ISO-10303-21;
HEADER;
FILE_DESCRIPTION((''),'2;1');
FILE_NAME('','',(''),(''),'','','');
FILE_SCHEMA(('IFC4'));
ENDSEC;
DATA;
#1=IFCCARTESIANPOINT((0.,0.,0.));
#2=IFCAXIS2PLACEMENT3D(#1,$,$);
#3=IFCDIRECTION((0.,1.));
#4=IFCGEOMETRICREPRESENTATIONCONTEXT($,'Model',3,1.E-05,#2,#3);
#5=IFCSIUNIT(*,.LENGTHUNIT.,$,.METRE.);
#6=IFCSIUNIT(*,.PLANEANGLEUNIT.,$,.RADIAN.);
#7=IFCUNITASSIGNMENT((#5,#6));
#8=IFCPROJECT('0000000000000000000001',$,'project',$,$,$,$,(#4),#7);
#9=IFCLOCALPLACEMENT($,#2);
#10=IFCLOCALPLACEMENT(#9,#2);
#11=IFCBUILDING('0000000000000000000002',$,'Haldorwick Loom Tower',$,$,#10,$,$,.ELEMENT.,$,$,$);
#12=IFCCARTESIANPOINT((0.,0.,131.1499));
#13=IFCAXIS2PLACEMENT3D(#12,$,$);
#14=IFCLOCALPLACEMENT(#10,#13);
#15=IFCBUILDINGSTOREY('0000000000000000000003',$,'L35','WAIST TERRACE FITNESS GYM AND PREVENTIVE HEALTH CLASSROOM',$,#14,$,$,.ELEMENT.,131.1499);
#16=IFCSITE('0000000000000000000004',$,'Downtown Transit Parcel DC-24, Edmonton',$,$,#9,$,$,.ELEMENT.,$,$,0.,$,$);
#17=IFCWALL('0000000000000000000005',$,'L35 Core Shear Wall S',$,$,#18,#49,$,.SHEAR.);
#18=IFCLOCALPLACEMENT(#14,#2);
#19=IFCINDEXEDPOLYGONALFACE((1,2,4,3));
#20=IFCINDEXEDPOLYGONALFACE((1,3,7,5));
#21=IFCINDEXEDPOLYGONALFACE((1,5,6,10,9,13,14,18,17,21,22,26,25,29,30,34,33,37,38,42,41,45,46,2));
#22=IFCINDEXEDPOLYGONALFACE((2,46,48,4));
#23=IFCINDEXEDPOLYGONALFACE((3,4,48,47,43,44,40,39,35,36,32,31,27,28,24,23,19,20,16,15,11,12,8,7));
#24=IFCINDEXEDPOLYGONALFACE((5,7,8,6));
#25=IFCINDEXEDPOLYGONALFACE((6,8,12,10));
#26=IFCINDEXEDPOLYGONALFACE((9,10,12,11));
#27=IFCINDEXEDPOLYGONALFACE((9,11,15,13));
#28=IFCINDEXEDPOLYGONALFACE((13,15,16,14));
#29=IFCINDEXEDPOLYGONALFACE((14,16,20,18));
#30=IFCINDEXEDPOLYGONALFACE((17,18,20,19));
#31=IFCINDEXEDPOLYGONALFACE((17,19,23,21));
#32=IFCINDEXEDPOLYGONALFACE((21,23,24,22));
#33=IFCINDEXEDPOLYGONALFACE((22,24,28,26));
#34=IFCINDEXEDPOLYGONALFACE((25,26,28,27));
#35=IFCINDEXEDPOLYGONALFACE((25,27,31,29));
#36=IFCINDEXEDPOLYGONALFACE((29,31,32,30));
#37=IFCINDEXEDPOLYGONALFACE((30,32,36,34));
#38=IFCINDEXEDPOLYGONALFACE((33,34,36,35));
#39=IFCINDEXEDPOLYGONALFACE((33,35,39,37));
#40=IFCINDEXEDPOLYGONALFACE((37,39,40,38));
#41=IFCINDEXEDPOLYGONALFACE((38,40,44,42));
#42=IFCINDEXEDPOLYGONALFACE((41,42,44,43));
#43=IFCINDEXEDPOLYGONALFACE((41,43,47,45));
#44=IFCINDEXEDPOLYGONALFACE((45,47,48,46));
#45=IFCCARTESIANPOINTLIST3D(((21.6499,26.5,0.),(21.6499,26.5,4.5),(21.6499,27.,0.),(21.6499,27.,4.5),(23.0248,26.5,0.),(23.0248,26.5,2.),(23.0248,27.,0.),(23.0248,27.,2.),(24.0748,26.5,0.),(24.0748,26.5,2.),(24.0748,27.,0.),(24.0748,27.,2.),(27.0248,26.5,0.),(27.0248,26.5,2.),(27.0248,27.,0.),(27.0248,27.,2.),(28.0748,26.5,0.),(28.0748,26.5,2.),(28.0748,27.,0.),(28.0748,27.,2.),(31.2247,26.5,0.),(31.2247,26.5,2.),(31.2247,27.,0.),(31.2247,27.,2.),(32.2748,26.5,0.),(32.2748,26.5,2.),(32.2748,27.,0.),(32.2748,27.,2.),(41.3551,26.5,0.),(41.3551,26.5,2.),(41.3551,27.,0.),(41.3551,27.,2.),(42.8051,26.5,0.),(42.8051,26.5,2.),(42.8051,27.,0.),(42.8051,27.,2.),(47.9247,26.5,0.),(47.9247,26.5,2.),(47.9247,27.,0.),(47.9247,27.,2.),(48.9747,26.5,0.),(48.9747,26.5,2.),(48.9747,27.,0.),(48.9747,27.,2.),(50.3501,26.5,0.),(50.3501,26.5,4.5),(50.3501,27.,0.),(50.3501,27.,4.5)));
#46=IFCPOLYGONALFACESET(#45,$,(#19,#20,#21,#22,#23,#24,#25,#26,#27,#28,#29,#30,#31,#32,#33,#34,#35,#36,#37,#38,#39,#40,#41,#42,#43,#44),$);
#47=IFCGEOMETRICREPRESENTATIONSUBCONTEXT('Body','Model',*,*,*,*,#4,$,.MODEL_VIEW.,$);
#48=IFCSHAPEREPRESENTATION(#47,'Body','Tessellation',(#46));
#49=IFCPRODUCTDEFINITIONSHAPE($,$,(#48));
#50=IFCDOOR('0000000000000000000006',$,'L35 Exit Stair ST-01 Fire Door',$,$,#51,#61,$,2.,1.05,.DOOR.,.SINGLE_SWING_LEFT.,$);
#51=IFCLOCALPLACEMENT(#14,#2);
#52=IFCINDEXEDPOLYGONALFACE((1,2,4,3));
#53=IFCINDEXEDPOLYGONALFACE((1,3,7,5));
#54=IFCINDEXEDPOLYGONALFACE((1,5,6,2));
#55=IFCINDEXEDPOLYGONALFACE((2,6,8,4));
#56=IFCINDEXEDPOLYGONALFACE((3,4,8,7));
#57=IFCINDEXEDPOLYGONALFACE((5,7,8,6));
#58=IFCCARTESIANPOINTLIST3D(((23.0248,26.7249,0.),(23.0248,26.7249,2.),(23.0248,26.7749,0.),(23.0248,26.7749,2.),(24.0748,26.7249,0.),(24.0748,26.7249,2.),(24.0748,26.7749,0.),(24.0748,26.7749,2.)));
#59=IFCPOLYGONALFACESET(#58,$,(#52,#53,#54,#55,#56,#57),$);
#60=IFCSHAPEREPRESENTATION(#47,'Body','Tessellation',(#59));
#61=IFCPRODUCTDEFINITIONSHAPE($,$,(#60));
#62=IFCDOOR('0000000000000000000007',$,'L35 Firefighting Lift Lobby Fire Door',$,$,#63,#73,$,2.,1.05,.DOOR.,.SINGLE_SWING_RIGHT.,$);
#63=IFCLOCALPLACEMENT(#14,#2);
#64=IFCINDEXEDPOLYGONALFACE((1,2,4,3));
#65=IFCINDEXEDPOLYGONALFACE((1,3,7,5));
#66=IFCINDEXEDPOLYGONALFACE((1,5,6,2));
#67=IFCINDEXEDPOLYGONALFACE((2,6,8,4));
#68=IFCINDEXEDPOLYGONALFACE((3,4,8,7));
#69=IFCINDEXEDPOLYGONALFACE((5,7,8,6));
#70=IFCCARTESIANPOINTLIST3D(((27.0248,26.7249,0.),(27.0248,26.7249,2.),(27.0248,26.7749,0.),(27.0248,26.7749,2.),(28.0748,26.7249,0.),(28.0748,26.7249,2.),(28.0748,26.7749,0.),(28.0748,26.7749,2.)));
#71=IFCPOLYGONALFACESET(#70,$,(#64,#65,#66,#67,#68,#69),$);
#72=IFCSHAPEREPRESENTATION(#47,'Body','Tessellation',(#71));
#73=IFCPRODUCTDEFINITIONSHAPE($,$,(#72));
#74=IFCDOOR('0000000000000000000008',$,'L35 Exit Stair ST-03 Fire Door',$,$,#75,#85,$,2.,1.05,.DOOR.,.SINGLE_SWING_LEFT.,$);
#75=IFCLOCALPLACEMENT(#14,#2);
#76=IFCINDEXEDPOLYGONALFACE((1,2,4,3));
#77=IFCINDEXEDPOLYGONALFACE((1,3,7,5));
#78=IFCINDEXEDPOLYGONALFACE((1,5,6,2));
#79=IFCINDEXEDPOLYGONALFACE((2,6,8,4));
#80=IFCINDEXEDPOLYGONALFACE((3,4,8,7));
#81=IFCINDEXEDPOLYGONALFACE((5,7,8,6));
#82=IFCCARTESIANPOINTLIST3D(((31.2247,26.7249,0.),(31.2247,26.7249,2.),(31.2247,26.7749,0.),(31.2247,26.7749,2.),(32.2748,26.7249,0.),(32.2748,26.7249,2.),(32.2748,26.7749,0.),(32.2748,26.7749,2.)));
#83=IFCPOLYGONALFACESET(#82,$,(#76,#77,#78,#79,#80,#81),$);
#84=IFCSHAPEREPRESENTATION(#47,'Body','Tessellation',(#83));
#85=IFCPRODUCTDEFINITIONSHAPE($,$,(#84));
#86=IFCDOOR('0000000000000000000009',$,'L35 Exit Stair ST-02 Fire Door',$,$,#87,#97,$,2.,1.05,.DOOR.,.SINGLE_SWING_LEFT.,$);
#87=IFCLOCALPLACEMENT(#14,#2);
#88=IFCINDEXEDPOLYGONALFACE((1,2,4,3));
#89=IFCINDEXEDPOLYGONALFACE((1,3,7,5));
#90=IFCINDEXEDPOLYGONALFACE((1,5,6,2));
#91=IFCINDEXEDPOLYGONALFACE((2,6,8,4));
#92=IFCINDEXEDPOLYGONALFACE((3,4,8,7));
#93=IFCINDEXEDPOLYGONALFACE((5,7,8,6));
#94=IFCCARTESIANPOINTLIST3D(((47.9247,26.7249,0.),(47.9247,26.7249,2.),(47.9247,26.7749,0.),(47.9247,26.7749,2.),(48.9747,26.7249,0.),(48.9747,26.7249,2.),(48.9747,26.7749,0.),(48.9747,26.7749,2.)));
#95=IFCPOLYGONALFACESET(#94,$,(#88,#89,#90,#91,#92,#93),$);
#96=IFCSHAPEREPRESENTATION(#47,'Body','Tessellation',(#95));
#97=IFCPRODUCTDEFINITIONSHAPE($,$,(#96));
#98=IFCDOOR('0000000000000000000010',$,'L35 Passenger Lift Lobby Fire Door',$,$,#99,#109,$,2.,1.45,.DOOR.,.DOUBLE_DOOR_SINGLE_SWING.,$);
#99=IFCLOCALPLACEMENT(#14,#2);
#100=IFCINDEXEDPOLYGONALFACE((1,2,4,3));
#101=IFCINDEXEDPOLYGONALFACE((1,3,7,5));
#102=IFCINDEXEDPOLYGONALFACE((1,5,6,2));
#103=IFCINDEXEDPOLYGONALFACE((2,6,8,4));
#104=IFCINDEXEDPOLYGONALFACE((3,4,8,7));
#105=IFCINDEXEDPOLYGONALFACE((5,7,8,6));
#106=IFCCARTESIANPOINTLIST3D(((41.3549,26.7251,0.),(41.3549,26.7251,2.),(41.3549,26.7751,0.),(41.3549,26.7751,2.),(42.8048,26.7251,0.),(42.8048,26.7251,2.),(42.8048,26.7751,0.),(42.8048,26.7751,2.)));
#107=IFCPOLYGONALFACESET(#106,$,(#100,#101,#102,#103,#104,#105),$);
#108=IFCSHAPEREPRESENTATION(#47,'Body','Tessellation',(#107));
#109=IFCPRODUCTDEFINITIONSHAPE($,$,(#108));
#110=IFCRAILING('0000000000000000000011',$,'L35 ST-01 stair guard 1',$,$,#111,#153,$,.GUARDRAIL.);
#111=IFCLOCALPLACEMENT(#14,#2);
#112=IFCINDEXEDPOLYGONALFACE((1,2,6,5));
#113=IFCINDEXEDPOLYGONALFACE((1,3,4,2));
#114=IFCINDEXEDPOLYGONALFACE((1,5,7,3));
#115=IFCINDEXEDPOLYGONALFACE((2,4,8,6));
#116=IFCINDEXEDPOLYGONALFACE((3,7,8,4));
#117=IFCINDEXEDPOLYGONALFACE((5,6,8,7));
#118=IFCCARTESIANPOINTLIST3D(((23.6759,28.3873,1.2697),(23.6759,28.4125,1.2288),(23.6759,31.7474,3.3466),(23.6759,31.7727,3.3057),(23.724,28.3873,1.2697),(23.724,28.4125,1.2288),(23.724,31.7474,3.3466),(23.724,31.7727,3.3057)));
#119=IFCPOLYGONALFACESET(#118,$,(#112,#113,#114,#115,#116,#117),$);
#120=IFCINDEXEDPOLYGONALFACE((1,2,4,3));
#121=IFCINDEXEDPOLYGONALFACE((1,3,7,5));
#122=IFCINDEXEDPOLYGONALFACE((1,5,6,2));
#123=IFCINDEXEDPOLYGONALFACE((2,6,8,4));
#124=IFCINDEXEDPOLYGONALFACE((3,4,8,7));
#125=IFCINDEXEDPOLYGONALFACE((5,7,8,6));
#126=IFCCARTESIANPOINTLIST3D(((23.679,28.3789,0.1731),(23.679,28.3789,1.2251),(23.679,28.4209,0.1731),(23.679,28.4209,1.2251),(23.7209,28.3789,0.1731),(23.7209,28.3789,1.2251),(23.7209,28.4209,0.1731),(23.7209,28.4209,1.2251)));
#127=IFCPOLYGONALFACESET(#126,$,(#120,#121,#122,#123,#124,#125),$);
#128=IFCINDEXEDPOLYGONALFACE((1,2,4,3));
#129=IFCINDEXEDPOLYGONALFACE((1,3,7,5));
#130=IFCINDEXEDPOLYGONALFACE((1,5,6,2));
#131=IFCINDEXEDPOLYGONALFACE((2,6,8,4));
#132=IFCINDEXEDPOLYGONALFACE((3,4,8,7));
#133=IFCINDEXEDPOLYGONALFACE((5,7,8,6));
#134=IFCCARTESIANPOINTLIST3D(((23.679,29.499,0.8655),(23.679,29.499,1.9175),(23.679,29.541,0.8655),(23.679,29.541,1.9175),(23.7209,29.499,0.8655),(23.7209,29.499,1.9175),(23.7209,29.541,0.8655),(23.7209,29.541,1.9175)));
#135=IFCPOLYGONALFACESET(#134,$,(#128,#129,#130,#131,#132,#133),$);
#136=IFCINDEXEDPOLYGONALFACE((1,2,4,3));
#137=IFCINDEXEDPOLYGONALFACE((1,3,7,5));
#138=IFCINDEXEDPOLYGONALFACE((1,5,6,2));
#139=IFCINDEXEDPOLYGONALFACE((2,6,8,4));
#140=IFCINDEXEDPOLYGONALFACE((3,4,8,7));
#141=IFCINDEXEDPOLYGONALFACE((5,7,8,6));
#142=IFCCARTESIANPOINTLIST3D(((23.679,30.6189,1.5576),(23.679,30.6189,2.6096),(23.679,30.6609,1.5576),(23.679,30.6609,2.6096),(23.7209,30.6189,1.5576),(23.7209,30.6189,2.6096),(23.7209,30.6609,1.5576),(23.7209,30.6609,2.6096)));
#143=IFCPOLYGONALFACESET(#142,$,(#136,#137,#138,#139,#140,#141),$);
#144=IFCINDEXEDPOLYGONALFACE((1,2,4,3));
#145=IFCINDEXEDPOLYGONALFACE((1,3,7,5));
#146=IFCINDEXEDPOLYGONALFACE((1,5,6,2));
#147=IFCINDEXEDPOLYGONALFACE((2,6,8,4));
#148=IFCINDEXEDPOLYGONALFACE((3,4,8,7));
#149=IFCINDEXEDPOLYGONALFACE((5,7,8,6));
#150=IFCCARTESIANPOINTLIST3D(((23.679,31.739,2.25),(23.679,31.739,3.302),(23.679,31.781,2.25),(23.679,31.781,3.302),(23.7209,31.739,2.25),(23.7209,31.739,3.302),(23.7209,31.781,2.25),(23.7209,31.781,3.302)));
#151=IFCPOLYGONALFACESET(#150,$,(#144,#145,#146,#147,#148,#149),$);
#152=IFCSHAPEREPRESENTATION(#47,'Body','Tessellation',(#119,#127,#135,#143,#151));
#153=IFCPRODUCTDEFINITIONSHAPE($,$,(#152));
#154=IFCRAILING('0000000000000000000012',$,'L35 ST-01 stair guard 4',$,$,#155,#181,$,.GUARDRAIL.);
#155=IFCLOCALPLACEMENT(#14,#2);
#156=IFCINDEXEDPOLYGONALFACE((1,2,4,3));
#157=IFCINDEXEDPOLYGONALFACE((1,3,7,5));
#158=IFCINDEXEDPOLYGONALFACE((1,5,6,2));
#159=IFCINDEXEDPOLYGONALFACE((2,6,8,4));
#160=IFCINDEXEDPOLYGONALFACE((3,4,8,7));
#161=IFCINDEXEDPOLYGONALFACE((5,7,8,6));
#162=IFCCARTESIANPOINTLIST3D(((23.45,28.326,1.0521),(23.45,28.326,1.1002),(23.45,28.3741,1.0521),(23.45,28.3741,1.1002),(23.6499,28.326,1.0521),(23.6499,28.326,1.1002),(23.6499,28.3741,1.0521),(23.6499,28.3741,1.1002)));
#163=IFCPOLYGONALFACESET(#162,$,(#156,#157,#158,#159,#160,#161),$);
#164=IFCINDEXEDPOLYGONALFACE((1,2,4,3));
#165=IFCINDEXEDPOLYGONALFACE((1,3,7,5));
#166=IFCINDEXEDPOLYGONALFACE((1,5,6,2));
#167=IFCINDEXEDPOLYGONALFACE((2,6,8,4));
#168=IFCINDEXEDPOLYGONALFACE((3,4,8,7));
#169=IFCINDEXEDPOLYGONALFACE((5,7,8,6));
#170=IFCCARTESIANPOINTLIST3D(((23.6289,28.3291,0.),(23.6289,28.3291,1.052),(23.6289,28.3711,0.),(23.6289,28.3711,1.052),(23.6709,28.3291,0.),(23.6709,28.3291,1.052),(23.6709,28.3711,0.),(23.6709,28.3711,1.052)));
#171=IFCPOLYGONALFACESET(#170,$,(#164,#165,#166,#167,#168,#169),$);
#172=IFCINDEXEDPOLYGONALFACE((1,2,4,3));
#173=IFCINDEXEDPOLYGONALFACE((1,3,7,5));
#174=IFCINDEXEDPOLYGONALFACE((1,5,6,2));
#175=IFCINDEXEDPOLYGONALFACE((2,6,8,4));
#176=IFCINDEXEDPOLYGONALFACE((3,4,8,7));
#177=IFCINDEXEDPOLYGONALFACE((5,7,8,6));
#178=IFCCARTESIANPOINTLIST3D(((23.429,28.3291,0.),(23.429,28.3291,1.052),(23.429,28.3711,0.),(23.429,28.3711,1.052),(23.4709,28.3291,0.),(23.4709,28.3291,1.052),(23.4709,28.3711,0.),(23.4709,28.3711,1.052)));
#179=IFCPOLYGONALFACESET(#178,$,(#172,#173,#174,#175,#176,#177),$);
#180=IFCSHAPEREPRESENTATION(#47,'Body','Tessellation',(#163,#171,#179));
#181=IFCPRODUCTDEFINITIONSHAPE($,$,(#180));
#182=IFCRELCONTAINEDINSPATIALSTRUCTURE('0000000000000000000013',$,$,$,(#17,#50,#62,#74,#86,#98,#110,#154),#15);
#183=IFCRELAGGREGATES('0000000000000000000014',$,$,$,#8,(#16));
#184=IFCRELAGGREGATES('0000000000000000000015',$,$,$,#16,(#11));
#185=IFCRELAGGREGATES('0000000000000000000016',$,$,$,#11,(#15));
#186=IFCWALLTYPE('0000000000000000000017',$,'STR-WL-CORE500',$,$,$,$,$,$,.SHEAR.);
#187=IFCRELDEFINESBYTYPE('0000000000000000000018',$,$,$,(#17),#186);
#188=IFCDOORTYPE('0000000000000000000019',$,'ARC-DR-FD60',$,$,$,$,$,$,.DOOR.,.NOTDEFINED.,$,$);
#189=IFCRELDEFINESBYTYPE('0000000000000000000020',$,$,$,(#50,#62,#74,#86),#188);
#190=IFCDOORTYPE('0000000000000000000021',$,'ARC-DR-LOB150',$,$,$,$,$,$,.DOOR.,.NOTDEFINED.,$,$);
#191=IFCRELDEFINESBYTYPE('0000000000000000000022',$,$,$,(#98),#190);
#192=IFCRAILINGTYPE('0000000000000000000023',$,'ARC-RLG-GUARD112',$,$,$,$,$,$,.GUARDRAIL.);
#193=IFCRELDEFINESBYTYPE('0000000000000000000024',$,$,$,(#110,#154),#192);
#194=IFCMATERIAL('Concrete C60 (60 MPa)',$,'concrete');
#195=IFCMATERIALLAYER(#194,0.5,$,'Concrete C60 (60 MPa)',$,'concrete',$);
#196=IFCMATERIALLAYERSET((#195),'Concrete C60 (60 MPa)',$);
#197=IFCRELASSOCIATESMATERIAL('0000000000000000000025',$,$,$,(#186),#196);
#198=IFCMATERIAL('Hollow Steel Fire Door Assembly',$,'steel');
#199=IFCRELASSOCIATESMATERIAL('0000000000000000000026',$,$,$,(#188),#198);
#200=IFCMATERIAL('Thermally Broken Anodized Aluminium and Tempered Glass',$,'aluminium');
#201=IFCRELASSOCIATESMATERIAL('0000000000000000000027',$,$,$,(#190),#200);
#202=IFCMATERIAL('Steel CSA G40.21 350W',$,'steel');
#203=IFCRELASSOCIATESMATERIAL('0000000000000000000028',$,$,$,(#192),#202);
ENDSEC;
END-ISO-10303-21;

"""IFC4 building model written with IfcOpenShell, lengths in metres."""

from ifc_helpers import new_model, si_unit, direction, frame, frame_2d, origin, origin_2d, place, context, subcontext, project, spatial, rectangle, extrude, material, layer, layer_set, type_object, element, fill, save


model = new_model("IFC4")

# Units and contexts
model_context = context("Model", 3, precision=1e-05, world=origin(), true_north=direction((0.0, 1.0)))
body_context = subcontext(model_context, "Body", "Model", "MODEL_VIEW")
ifc_project = project(units=[si_unit("LENGTHUNIT", "METRE"), si_unit("PLANEANGLEUNIT", "RADIAN")], contexts=[model_context])

# Site, building, storey
site_placement = place(None, origin())
site = spatial("IfcSite", under=ifc_project, at=site_placement, Name="Downtown Transit Parcel DC-24, Edmonton", CompositionType="ELEMENT", RefElevation=0.0)
building_placement = place(site_placement, origin())
building = spatial("IfcBuilding", under=site, at=building_placement, Name="Haldorwick Loom Tower", CompositionType="ELEMENT")
storey_placement = place(building_placement, frame((0.0, 0.0, 131.1499)))
storey = spatial("IfcBuildingStorey", under=building, at=storey_placement, Name="L35", Description="WAIST TERRACE FITNESS GYM AND PREVENTIVE HEALTH CLASSROOM", CompositionType="ELEMENT", Elevation=131.1499)

# Shared definitions
ifc_material_1 = material(Name="Concrete C60 (60 MPa)", Category="concrete")

# Shared definitions
ifc_material_2 = material(Name="Steel CSA G40.21 350W", Category="steel")

# Shared definitions
ifc_material_3 = material(Name="Hollow Steel Fire Door Assembly", Category="steel")

# Wall, openings, doors
ifc_layer_1 = layer(ifc_material_1, 0.5, Name="Concrete C60 (60 MPa)", Category="concrete")
ifc_layer_set_1 = layer_set([ifc_layer_1], Name="Concrete C60 (60 MPa)")
wall_type_1 = type_object("IfcWallType", Name="STR-WL-CORE500", PredefinedType="SHEAR", material=ifc_layer_set_1)
wall_1_placement = place(storey_placement, frame((21.6499, 26.75, 0.0), z_axis=(0.0, 0.0, 1.0), x_axis=(1.0, 0.0, 0.0)))
wall_1 = element("IfcWall", 1, at=wall_1_placement, inside=storey, type_object=wall_type_1, Name="L35 Core Shear Wall S", PredefinedType="SHEAR", context=body_context, shape_type="SweptSolid", body=[
    extrude(rectangle(XDim=28.7002, YDim=0.5, at=frame_2d((14.3501, 0.0))), origin(), (0.0, 0.0, 1.0), 4.5),
])
opening_1_placement = place(wall_1_placement, frame((1.375, 0.0, 0.0)))
opening_1 = element("IfcOpeningElement", 2, at=opening_1_placement, cuts=wall_1, PredefinedType="OPENING", context=body_context, shape_type="SweptSolid", body=[
    extrude(rectangle(XDim=1.05, YDim=2.0, at=frame_2d((0.5249, 1.0))), frame((0.0, 0.26, 0.0), z_axis=(0.0, -1.0, 0.0), x_axis=(1.0, 0.0, 0.0)), (0.0, 0.0, 1.0), 0.52),
])
opening_2_placement = place(wall_1_placement, frame((5.375, 0.0, 0.0)))
opening_2 = element("IfcOpeningElement", 3, at=opening_2_placement, cuts=wall_1, PredefinedType="OPENING", context=body_context, shape_type="SweptSolid", body=[
    extrude(rectangle(XDim=1.05, YDim=2.0, at=frame_2d((0.5249, 1.0))), frame((0.0, 0.26, 0.0), z_axis=(0.0, -1.0, 0.0), x_axis=(1.0, 0.0, 0.0)), (0.0, 0.0, 1.0), 0.52),
])
opening_3_placement = place(wall_1_placement, frame((9.575, 0.0, 0.0)))
opening_3 = element("IfcOpeningElement", 4, at=opening_3_placement, cuts=wall_1, PredefinedType="OPENING", context=body_context, shape_type="SweptSolid", body=[
    extrude(rectangle(XDim=1.05, YDim=2.0, at=frame_2d((0.5249, 1.0))), frame((0.0, 0.26, 0.0), z_axis=(0.0, -1.0, 0.0), x_axis=(1.0, 0.0, 0.0)), (0.0, 0.0, 1.0), 0.52),
])
opening_4_placement = place(wall_1_placement, frame((19.7051, 0.0, 0.0)))
opening_4 = element("IfcOpeningElement", 5, at=opening_4_placement, cuts=wall_1, PredefinedType="OPENING", context=body_context, shape_type="SweptSolid", body=[
    extrude(rectangle(XDim=1.45, YDim=2.0, at=frame_2d((0.7251, 1.0))), frame((0.0, 0.26, 0.0), z_axis=(0.0, -1.0, 0.0), x_axis=(1.0, 0.0, 0.0)), (0.0, 0.0, 1.0), 0.52),
])
opening_5_placement = place(wall_1_placement, frame((26.2749, 0.0, 0.0)))
opening_5 = element("IfcOpeningElement", 6, at=opening_5_placement, cuts=wall_1, PredefinedType="OPENING", context=body_context, shape_type="SweptSolid", body=[
    extrude(rectangle(XDim=1.05, YDim=2.0, at=frame_2d((0.5249, 1.0))), frame((0.0, 0.26, 0.0), z_axis=(0.0, -1.0, 0.0), x_axis=(1.0, 0.0, 0.0)), (0.0, 0.0, 1.0), 0.52),
])
door_type_1 = type_object("IfcDoorType", Name="ARC-DR-FD60", OperationType="NOTDEFINED", PredefinedType="DOOR", material=ifc_material_3)
door_1_placement = place(opening_1_placement, origin())
door_1 = element("IfcDoor", 7, at=door_1_placement, inside=storey, type_object=door_type_1, Name="L35 Exit Stair ST-01 Fire Door", OperationType="SINGLE_SWING_LEFT", OverallHeight=2.0, OverallWidth=1.05, PredefinedType="DOOR", context=body_context, shape_type="SweptSolid", body=[
    extrude(rectangle(XDim=1.05, YDim=2.0, at=frame_2d((0.5249, 1.0))), frame((0.0, 0.0249, 0.0), z_axis=(0.0, -1.0, 0.0), x_axis=(1.0, 0.0, 0.0)), (0.0, 0.0, 1.0), 0.05),
])
fill(opening_1, door_1)
door_2_placement = place(opening_2_placement, origin())
door_2 = element("IfcDoor", 8, at=door_2_placement, inside=storey, type_object=door_type_1, Name="L35 Firefighting Lift Lobby Fire Door", OperationType="SINGLE_SWING_RIGHT", OverallHeight=2.0, OverallWidth=1.05, PredefinedType="DOOR", context=body_context, shape_type="SweptSolid", body=[
    extrude(rectangle(XDim=1.05, YDim=2.0, at=frame_2d((0.5249, 1.0))), frame((0.0, 0.0249, 0.0), z_axis=(0.0, -1.0, 0.0), x_axis=(1.0, 0.0, 0.0)), (0.0, 0.0, 1.0), 0.05),
])
fill(opening_2, door_2)
door_3_placement = place(opening_3_placement, origin())
door_3 = element("IfcDoor", 9, at=door_3_placement, inside=storey, type_object=door_type_1, Name="L35 Exit Stair ST-03 Fire Door", OperationType="SINGLE_SWING_LEFT", OverallHeight=2.0, OverallWidth=1.05, PredefinedType="DOOR", context=body_context, shape_type="SweptSolid", body=[
    extrude(rectangle(XDim=1.05, YDim=2.0, at=frame_2d((0.5249, 1.0))), frame((0.0, 0.0249, 0.0), z_axis=(0.0, -1.0, 0.0), x_axis=(1.0, 0.0, 0.0)), (0.0, 0.0, 1.0), 0.05),
])
fill(opening_3, door_3)
door_4_placement = place(opening_5_placement, origin())
door_4 = element("IfcDoor", 10, at=door_4_placement, inside=storey, type_object=door_type_1, Name="L35 Exit Stair ST-02 Fire Door", OperationType="SINGLE_SWING_LEFT", OverallHeight=2.0, OverallWidth=1.05, PredefinedType="DOOR", context=body_context, shape_type="SweptSolid", body=[
    extrude(rectangle(XDim=1.05, YDim=2.0, at=frame_2d((0.5249, 1.0))), frame((0.0, 0.0249, 0.0), z_axis=(0.0, -1.0, 0.0), x_axis=(1.0, 0.0, 0.0)), (0.0, 0.0, 1.0), 0.05),
])
fill(opening_5, door_4)
ifc_material_4 = material(Name="Thermally Broken Anodized Aluminium and Tempered Glass", Category="aluminium")
door_type_2 = type_object("IfcDoorType", Name="ARC-DR-LOB150", OperationType="NOTDEFINED", PredefinedType="DOOR", material=ifc_material_4)
door_5_placement = place(opening_4_placement, frame((1.45, 0.0, 0.0), z_axis=(0.0, 0.0, 1.0), x_axis=(-1.0, 0.0, 0.0)))
door_5 = element("IfcDoor", 11, at=door_5_placement, inside=storey, type_object=door_type_2, Name="L35 Passenger Lift Lobby Fire Door", OperationType="DOUBLE_DOOR_SINGLE_SWING", OverallHeight=2.0, OverallWidth=1.45, PredefinedType="DOOR", context=body_context, shape_type="SweptSolid", body=[
    extrude(rectangle(XDim=1.45, YDim=2.0, at=frame_2d((0.7251, 1.0))), frame((0.0, 0.0249, 0.0), z_axis=(0.0, -1.0, 0.0), x_axis=(1.0, 0.0, 0.0)), (0.0, 0.0, 1.0), 0.05),
])
fill(opening_4, door_5)

# Railings
railing_type_1 = type_object("IfcRailingType", Name="ARC-RLG-GUARD112", PredefinedType="GUARDRAIL", material=ifc_material_2)
railing_1_placement = place(storey_placement, frame((23.7, 28.3999, 0.1731)))
element("IfcRailing", 12, at=railing_1_placement, inside=storey, type_object=railing_type_1, Name="L35 ST-01 stair guard 1", PredefinedType="GUARDRAIL", context=body_context, shape_type="SweptSolid", body=[
    extrude(rectangle(XDim=0.0481, YDim=0.0481, at=origin_2d()), frame((0.0, 0.0, 1.0762), z_axis=(0.0, 0.850623, 0.525776), x_axis=(-1.0, 0.0, 0.0)), (0.0, 0.0, 1.0), 3.9502),
    extrude(rectangle(XDim=0.042, YDim=0.042, at=origin_2d()), origin(), (0.0, 0.0, 1.0), 1.052),
    extrude(rectangle(XDim=0.042, YDim=0.042, at=origin_2d()), frame((0.0, 1.1201, 0.6924)), (0.0, 0.0, 1.0), 1.052),
    extrude(rectangle(XDim=0.042, YDim=0.042, at=origin_2d()), frame((0.0, 2.24, 1.3845)), (0.0, 0.0, 1.0), 1.052),
    extrude(rectangle(XDim=0.042, YDim=0.042, at=origin_2d()), frame((0.0, 3.3601, 2.0769)), (0.0, 0.0, 1.0), 1.052),
])
railing_2_placement = place(storey_placement, frame((23.6499, 28.3501, 0.0)))
element("IfcRailing", 13, at=railing_2_placement, inside=storey, type_object=railing_type_1, Name="L35 ST-01 stair guard 4", PredefinedType="GUARDRAIL", context=body_context, shape_type="SweptSolid", body=[
    extrude(rectangle(XDim=0.0481, YDim=0.0481, at=origin_2d()), frame((0.0, 0.0, 1.0762), z_axis=(-1.0, 0.0, 0.0), x_axis=(0.0, -1.0, 0.0)), (0.0, 0.0, 1.0), 0.2),
    extrude(rectangle(XDim=0.042, YDim=0.042, at=origin_2d()), origin(), (0.0, 0.0, 1.0), 1.052),
    extrude(rectangle(XDim=0.042, YDim=0.042, at=origin_2d()), frame((-0.2, 0.0, 0.0)), (0.0, 0.0, 1.0), 1.052),
])

save(model, "model.ifc")
